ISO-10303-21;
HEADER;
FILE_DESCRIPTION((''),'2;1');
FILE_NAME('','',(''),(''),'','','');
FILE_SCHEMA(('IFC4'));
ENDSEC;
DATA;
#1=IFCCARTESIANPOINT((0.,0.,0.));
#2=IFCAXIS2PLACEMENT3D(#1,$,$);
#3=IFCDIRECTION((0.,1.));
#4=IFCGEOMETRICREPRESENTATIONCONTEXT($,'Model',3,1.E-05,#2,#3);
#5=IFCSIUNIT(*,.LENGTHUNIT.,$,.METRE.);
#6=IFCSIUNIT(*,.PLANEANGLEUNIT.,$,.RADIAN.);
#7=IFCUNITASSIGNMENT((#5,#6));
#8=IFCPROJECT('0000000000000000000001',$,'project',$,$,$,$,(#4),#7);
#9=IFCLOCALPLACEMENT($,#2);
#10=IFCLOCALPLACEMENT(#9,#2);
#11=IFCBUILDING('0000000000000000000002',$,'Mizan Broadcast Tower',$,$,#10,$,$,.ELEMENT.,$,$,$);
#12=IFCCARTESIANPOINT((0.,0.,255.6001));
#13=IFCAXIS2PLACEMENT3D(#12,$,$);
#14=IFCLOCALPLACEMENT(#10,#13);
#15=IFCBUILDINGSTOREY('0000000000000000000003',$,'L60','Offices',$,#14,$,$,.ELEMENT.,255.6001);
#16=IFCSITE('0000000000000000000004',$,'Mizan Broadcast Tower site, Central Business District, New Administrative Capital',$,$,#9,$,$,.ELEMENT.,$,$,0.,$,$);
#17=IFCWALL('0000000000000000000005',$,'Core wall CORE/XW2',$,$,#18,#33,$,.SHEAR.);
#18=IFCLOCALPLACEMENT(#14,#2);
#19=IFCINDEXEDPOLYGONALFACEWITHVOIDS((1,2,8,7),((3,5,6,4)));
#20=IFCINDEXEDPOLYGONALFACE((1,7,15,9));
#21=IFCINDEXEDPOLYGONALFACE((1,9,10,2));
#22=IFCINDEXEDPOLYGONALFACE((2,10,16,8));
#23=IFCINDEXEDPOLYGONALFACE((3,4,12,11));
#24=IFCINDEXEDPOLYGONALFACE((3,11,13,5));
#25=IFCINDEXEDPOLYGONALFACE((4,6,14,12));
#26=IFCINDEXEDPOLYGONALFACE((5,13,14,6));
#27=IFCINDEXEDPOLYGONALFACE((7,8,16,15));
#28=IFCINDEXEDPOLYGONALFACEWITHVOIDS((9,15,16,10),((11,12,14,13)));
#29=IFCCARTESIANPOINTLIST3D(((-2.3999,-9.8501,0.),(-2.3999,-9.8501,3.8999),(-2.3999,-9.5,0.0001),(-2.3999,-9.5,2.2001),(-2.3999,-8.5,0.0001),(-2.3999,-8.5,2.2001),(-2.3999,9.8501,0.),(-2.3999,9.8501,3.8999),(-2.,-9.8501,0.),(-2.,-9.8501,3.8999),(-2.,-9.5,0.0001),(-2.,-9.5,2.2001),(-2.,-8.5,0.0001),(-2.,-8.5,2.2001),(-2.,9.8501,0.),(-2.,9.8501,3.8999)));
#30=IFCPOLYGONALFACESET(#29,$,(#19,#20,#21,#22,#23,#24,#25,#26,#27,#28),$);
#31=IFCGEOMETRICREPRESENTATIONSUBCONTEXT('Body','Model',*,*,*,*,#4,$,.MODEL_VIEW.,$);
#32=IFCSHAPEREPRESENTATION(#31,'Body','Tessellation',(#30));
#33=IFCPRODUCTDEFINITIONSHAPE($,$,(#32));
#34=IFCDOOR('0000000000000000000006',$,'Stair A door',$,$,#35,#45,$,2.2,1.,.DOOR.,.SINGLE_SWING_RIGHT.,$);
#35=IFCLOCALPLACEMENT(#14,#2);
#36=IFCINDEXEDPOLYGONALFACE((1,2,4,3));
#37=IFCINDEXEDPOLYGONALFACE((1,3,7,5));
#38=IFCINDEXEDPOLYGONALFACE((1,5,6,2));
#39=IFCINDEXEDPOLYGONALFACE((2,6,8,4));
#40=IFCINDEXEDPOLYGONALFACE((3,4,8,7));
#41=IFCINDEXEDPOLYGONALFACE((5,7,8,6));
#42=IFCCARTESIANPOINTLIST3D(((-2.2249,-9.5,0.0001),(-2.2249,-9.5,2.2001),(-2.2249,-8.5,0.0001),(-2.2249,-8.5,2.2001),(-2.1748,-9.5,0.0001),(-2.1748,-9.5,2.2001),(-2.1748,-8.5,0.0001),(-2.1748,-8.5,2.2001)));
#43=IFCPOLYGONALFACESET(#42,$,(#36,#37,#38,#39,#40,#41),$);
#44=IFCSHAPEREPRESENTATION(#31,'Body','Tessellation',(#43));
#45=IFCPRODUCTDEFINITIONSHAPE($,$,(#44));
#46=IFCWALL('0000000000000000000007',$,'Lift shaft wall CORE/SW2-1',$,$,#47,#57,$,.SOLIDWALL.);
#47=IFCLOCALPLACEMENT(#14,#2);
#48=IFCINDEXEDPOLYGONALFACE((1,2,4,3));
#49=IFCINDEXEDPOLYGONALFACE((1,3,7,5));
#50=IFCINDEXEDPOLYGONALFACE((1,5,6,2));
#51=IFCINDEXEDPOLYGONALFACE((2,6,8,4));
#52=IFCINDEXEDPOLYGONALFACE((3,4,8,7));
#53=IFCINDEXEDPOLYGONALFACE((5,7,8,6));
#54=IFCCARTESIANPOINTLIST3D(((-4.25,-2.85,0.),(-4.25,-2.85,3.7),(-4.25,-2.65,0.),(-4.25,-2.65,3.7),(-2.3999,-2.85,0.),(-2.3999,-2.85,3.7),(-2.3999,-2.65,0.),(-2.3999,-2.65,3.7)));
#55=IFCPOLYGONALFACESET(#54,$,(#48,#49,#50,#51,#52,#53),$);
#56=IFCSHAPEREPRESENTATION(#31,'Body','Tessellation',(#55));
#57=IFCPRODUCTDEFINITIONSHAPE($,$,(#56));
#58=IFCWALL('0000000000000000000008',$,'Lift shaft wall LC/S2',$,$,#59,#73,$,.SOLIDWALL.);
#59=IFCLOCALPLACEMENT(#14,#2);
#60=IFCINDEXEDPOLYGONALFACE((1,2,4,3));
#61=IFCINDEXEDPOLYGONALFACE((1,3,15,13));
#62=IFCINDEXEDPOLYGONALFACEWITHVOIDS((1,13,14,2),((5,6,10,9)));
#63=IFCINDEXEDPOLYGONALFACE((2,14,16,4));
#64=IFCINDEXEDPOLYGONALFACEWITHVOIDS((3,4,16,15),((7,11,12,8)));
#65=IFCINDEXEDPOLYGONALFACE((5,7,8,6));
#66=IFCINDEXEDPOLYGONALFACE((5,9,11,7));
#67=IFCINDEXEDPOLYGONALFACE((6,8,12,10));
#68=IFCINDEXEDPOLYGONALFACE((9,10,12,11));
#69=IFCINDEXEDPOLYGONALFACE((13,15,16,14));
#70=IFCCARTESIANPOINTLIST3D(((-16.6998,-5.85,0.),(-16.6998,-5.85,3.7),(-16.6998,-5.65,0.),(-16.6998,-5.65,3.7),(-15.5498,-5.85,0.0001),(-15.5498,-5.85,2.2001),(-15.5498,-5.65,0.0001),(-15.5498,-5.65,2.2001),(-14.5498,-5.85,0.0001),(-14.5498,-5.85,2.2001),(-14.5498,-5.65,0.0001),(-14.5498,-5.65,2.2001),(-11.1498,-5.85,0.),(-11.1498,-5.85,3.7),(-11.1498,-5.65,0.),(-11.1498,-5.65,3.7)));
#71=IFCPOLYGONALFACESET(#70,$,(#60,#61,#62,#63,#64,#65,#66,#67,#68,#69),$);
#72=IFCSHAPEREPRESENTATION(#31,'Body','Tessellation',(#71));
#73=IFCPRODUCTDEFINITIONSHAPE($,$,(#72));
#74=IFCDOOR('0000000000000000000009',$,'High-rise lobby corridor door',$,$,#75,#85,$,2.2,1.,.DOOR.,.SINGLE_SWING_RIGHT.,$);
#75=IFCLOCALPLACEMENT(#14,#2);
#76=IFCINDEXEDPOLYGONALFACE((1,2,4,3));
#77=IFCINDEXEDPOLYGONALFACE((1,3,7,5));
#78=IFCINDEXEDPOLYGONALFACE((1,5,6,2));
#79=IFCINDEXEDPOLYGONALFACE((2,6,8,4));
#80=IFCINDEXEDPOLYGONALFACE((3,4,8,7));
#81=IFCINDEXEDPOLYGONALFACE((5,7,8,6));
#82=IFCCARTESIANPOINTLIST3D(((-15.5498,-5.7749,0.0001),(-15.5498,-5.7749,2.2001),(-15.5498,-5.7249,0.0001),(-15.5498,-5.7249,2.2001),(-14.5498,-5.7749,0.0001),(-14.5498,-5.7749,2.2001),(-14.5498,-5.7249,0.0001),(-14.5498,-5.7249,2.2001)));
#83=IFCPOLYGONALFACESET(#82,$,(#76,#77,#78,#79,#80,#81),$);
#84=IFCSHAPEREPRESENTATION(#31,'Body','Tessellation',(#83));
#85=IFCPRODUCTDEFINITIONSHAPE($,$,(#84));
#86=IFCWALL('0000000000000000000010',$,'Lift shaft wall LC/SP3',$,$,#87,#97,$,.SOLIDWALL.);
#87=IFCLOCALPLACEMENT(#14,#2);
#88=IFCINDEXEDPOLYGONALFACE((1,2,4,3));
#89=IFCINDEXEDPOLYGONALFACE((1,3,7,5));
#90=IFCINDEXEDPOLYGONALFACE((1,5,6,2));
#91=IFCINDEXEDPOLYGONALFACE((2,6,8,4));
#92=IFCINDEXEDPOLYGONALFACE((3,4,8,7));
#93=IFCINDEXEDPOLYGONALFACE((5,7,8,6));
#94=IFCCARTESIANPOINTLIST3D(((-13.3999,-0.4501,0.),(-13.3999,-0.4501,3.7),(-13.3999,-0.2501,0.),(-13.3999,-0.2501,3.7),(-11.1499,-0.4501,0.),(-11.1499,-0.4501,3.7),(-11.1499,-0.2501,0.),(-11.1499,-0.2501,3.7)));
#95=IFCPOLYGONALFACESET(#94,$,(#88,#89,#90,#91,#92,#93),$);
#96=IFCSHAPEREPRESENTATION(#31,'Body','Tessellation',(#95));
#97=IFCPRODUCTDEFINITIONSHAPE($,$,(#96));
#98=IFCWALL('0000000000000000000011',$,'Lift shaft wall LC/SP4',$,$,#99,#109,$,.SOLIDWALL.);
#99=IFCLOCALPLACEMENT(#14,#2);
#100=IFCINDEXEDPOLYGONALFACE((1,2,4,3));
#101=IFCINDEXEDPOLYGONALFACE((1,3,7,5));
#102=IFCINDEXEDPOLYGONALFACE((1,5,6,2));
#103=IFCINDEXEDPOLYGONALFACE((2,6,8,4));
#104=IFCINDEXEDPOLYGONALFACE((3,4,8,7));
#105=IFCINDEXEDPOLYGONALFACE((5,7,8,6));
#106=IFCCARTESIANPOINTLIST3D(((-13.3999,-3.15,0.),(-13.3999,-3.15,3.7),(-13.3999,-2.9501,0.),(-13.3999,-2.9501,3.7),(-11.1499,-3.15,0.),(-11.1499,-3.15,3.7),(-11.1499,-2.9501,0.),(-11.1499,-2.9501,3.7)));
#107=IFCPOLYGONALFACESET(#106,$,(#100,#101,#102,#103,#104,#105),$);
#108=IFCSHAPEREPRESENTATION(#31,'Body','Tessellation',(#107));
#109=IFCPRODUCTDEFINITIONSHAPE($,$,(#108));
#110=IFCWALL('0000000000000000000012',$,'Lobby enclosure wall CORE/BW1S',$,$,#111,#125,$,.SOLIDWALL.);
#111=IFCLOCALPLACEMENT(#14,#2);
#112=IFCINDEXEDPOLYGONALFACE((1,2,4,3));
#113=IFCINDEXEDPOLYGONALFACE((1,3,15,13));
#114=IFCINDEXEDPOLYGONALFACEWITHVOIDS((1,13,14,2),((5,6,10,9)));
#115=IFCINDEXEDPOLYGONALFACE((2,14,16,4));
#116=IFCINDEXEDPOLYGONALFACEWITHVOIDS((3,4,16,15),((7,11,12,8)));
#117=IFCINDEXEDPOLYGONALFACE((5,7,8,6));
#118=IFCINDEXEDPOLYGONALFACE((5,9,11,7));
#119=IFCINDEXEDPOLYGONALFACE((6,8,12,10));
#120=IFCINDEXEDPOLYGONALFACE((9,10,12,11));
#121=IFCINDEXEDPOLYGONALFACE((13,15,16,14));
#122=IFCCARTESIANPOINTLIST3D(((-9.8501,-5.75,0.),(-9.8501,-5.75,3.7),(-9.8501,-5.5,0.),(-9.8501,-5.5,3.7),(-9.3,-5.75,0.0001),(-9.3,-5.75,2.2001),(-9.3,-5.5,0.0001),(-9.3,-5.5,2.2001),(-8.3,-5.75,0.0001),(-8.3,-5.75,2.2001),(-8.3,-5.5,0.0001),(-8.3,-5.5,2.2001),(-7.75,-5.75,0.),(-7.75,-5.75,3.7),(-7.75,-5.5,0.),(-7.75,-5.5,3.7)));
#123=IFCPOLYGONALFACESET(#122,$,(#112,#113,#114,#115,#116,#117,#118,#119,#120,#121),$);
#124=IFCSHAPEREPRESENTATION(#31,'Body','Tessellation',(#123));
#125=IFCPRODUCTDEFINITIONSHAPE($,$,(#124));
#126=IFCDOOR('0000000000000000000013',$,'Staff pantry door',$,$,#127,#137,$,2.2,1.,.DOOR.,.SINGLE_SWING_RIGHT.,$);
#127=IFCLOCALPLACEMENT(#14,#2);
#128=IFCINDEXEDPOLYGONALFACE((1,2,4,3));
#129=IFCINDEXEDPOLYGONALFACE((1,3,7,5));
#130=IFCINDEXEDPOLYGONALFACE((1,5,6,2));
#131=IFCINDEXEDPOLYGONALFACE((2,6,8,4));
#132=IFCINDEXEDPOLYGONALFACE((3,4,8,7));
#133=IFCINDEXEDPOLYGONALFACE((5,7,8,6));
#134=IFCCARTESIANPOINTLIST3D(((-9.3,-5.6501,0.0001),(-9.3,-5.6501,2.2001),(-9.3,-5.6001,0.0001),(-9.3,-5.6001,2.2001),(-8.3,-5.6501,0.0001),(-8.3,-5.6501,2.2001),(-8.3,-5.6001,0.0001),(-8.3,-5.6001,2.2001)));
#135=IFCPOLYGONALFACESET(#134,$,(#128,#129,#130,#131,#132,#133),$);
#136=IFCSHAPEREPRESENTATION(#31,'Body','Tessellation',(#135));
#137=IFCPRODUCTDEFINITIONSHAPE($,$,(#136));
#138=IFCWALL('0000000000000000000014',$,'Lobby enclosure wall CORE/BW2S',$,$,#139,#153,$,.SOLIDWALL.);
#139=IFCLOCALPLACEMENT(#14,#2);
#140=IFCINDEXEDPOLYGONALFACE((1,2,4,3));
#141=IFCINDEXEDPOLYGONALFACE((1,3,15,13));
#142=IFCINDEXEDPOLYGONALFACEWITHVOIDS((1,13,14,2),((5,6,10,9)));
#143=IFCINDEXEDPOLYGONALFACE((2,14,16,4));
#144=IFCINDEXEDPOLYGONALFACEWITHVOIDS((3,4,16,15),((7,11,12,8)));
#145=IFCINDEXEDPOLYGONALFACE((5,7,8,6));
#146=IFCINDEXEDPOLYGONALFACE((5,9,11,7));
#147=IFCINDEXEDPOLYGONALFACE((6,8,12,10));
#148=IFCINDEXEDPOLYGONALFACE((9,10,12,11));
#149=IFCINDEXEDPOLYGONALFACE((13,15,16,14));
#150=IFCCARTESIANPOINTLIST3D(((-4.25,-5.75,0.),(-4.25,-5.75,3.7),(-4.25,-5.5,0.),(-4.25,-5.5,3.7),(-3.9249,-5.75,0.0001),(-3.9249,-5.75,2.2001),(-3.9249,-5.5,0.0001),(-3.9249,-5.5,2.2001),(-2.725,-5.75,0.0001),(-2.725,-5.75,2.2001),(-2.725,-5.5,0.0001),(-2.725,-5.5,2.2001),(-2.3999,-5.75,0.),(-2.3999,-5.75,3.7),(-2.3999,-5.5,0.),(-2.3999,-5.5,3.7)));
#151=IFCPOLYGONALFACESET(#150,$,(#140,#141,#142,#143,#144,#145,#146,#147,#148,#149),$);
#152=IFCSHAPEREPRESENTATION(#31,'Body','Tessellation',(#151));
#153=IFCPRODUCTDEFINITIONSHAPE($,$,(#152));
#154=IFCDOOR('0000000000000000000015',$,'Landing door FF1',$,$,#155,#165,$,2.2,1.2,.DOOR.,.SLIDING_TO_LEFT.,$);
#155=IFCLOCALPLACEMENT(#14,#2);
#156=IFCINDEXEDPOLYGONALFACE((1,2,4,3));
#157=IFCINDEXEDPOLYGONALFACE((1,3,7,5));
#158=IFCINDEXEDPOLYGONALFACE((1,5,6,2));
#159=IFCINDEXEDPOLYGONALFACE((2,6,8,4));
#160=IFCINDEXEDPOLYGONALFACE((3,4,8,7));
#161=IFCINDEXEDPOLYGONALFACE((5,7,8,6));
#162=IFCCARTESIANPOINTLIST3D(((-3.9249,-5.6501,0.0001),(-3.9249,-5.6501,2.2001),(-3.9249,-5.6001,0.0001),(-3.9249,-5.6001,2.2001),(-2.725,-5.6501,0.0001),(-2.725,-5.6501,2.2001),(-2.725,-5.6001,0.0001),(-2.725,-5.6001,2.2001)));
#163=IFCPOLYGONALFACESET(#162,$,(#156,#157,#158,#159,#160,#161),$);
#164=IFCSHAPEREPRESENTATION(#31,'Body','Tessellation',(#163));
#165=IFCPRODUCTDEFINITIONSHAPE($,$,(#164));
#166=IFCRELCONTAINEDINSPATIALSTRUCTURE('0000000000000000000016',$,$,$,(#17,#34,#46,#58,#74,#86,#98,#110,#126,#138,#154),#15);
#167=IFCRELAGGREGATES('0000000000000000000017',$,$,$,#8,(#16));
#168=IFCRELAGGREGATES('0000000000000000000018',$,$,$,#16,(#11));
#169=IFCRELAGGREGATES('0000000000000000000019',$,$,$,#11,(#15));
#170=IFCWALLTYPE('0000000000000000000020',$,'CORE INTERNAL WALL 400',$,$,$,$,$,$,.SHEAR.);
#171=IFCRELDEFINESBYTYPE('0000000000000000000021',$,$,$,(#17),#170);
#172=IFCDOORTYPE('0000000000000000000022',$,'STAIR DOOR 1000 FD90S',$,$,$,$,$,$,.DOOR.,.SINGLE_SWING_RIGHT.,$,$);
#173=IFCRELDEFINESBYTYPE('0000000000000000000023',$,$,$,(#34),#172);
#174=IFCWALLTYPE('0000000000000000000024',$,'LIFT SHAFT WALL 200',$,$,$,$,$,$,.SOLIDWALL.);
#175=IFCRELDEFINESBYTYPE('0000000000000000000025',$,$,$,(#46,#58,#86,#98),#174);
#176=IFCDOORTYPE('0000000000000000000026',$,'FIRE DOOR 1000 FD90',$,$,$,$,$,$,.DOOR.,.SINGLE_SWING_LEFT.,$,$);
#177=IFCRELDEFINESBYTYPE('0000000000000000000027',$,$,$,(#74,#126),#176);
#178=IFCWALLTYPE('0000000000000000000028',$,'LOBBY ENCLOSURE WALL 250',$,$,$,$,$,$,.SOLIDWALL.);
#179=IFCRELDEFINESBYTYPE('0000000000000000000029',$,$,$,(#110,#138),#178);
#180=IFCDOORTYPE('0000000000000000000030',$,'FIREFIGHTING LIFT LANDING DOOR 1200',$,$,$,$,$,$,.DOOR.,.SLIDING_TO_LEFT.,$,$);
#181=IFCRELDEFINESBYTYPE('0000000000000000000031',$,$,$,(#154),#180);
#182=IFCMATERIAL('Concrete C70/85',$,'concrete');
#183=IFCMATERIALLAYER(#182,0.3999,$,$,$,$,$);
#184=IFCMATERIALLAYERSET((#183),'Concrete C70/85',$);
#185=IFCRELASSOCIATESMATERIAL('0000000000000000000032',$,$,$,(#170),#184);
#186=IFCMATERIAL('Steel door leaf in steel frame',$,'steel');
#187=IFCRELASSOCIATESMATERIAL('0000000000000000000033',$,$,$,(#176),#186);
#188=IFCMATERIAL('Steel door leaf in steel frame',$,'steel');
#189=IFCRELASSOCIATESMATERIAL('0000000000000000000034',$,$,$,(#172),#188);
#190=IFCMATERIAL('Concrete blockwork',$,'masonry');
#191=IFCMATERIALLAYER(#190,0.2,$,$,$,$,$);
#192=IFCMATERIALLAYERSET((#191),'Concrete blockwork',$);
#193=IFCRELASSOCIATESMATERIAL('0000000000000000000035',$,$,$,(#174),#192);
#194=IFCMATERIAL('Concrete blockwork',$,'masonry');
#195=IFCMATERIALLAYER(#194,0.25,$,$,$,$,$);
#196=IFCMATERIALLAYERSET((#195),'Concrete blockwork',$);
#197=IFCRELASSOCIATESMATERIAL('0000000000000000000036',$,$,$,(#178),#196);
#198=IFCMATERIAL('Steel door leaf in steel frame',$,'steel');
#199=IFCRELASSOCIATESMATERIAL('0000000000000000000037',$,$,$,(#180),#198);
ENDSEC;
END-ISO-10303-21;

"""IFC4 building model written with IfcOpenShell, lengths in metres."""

from ifc_helpers import new_model, si_unit, direction, frame, frame_2d, origin, place, context, subcontext, project, spatial, rectangle, extrude, material, layer, layer_set, type_object, element, fill, save


model = new_model("IFC4")

# Units and contexts
model_context = context("Model", 3, precision=1e-05, world=origin(), true_north=direction((0.0, 1.0)))
body_context = subcontext(model_context, "Body", "Model", "MODEL_VIEW")
ifc_project = project(units=[si_unit("LENGTHUNIT", "METRE"), si_unit("PLANEANGLEUNIT", "RADIAN")], contexts=[model_context])

# Site, building, storey
site_placement = place(None, origin())
site = spatial("IfcSite", under=ifc_project, at=site_placement, Name="Mizan Broadcast Tower site, Central Business District, New Administrative Capital", CompositionType="ELEMENT", RefElevation=0.0)
building_placement = place(site_placement, origin())
building = spatial("IfcBuilding", under=site, at=building_placement, Name="Mizan Broadcast Tower", CompositionType="ELEMENT")
storey_placement = place(building_placement, frame((0.0, 0.0, 255.6001)))
storey = spatial("IfcBuildingStorey", under=building, at=storey_placement, Name="L60", Description="Offices", CompositionType="ELEMENT", Elevation=255.6001)

# Shared definitions
ifc_material_1 = material(Name="Concrete C70/85", Category="concrete")
ifc_layer_1 = layer(ifc_material_1, 0.3999)
ifc_layer_set_1 = layer_set([ifc_layer_1], Name="Concrete C70/85")
wall_type_1 = type_object("IfcWallType", Name="CORE INTERNAL WALL 400", PredefinedType="SHEAR", material=ifc_layer_set_1)
ifc_material_2 = material(Name="Steel door leaf in steel frame", Category="steel")
door_type_1 = type_object("IfcDoorType", Name="FIRE DOOR 1000 FD90", OperationType="SINGLE_SWING_LEFT", PredefinedType="DOOR", material=ifc_material_2)

# Wall, opening, door
wall_1_placement = place(storey_placement, frame((-2.2, -9.8501, 0.0), z_axis=(0.0, 0.0, 1.0), x_axis=(0.0, 1.0, 0.0)))
wall_1 = element("IfcWall", 1, at=wall_1_placement, inside=storey, type_object=wall_type_1, Name="Core wall CORE/XW2", PredefinedType="SHEAR", context=body_context, shape_type="SweptSolid", body=[
    extrude(rectangle(XDim=19.7002, YDim=0.3999, at=frame_2d((9.8501, 0.0))), origin(), (0.0, 0.0, 1.0), 3.8999),
])
opening_1_placement = place(wall_1_placement, frame((0.3501, 0.0, 0.0)))
opening_1 = element("IfcOpeningElement", 2, at=opening_1_placement, cuts=wall_1, PredefinedType="OPENING", context=body_context, shape_type="SweptSolid", body=[
    extrude(rectangle(XDim=1.0, YDim=2.2, at=frame_2d((0.5, 1.1001))), frame((0.0, 0.21, 0.0), z_axis=(0.0, -1.0, 0.0), x_axis=(1.0, 0.0, 0.0)), (0.0, 0.0, 1.0), 0.4199),
])
ifc_material_3 = material(Name="Steel door leaf in steel frame", Category="steel")
door_type_2 = type_object("IfcDoorType", Name="STAIR DOOR 1000 FD90S", OperationType="SINGLE_SWING_RIGHT", PredefinedType="DOOR", material=ifc_material_3)
door_1_placement = place(opening_1_placement, origin())
door_1 = element("IfcDoor", 3, at=door_1_placement, inside=storey, type_object=door_type_2, Name="Stair A door", OperationType="SINGLE_SWING_RIGHT", OverallHeight=2.2, OverallWidth=1.0, PredefinedType="DOOR", context=body_context, shape_type="SweptSolid", body=[
    extrude(rectangle(XDim=1.0, YDim=2.2, at=frame_2d((0.5, 1.1001))), frame((0.0, 0.0249, 0.0), z_axis=(0.0, -1.0, 0.0), x_axis=(1.0, 0.0, 0.0)), (0.0, 0.0, 1.0), 0.05),
])
fill(opening_1, door_1)

# Wall
ifc_material_4 = material(Name="Concrete blockwork", Category="masonry")
ifc_layer_2 = layer(ifc_material_4, 0.2)
ifc_layer_set_2 = layer_set([ifc_layer_2], Name="Concrete blockwork")
wall_type_2 = type_object("IfcWallType", Name="LIFT SHAFT WALL 200", PredefinedType="SOLIDWALL", material=ifc_layer_set_2)
wall_2_placement = place(storey_placement, frame((-4.25, -2.75, 0.0), z_axis=(0.0, 0.0, 1.0), x_axis=(1.0, 0.0, 0.0)))
element("IfcWall", 4, at=wall_2_placement, inside=storey, type_object=wall_type_2, Name="Lift shaft wall CORE/SW2-1", PredefinedType="SOLIDWALL", context=body_context, shape_type="SweptSolid", body=[
    extrude(rectangle(XDim=1.8501, YDim=0.2, at=frame_2d((0.925, 0.0))), origin(), (0.0, 0.0, 1.0), 3.7),
])

# Wall, opening, door
wall_3_placement = place(storey_placement, frame((-11.1499, -5.75, 0.0), z_axis=(0.0, 0.0, 1.0), x_axis=(-1.0, 0.0, 0.0)))
wall_3 = element("IfcWall", 5, at=wall_3_placement, inside=storey, type_object=wall_type_2, Name="Lift shaft wall LC/S2", PredefinedType="SOLIDWALL", context=body_context, shape_type="SweptSolid", body=[
    extrude(rectangle(XDim=5.55, YDim=0.2, at=frame_2d((2.7749, 0.0))), origin(), (0.0, 0.0, 1.0), 3.7),
])
opening_2_placement = place(wall_3_placement, frame((3.3999, 0.0, 0.0)))
opening_2 = element("IfcOpeningElement", 6, at=opening_2_placement, cuts=wall_3, PredefinedType="OPENING", context=body_context, shape_type="SweptSolid", body=[
    extrude(rectangle(XDim=1.0, YDim=2.2, at=frame_2d((0.5, 1.1001))), frame((0.0, 0.1099, 0.0), z_axis=(0.0, -1.0, 0.0), x_axis=(1.0, 0.0, 0.0)), (0.0, 0.0, 1.0), 0.22),
])
door_2_placement = place(opening_2_placement, origin())
door_2 = element("IfcDoor", 7, at=door_2_placement, inside=storey, type_object=door_type_1, Name="High-rise lobby corridor door", OperationType="SINGLE_SWING_RIGHT", OverallHeight=2.2, OverallWidth=1.0, PredefinedType="DOOR", context=body_context, shape_type="SweptSolid", body=[
    extrude(rectangle(XDim=1.0, YDim=2.2, at=frame_2d((0.5, 1.1001))), frame((0.0, 0.0249, 0.0), z_axis=(0.0, -1.0, 0.0), x_axis=(1.0, 0.0, 0.0)), (0.0, 0.0, 1.0), 0.05),
])
fill(opening_2, door_2)

# Walls
for number, where, z_axis, x_axis, name in (
    (8, (-11.1499, -0.3501, 0.0), (0.0, 0.0, 1.0), (-1.0, 0.0, 0.0), "Lift shaft wall LC/SP3"),
    (9, (-11.1499, -3.05, 0.0), (0.0, 0.0, 1.0), (-1.0, 0.0, 0.0), "Lift shaft wall LC/SP4"),
):
    element("IfcWall", number, at=place(storey_placement, frame(where, z_axis=z_axis, x_axis=x_axis)), inside=storey, type_object=wall_type_2, Name=name, PredefinedType="SOLIDWALL", context=body_context, shape_type="SweptSolid", body=[
        extrude(rectangle(XDim=2.25, YDim=0.2, at=frame_2d((1.125, 0.0))), origin(), (0.0, 0.0, 1.0), 3.7),
    ])

# Walls, openings, doors
ifc_material_5 = material(Name="Concrete blockwork", Category="masonry")
ifc_layer_3 = layer(ifc_material_5, 0.25)
ifc_layer_set_3 = layer_set([ifc_layer_3], Name="Concrete blockwork")
wall_type_3 = type_object("IfcWallType", Name="LOBBY ENCLOSURE WALL 250", PredefinedType="SOLIDWALL", material=ifc_layer_set_3)
wall_4_placement = place(storey_placement, frame((-9.8501, -5.625, 0.0), z_axis=(0.0, 0.0, 1.0), x_axis=(1.0, 0.0, 0.0)))
wall_4 = element("IfcWall", 10, at=wall_4_placement, inside=storey, type_object=wall_type_3, Name="Lobby enclosure wall CORE/BW1S", PredefinedType="SOLIDWALL", context=body_context, shape_type="SweptSolid", body=[
    extrude(rectangle(XDim=2.1001, YDim=0.25, at=frame_2d((1.05, 0.0))), origin(), (0.0, 0.0, 1.0), 3.7),
])
opening_3_placement = place(wall_4_placement, frame((0.55, 0.0, 0.0)))
opening_3 = element("IfcOpeningElement", 11, at=opening_3_placement, cuts=wall_4, PredefinedType="OPENING", context=body_context, shape_type="SweptSolid", body=[
    extrude(rectangle(XDim=1.0, YDim=2.2, at=frame_2d((0.5, 1.1001))), frame((0.0, 0.135, 0.0), z_axis=(0.0, -1.0, 0.0), x_axis=(1.0, 0.0, 0.0)), (0.0, 0.0, 1.0), 0.27),
])
door_3_placement = place(opening_3_placement, origin())
door_3 = element("IfcDoor", 12, at=door_3_placement, inside=storey, type_object=door_type_1, Name="Staff pantry door", OperationType="SINGLE_SWING_RIGHT", OverallHeight=2.2, OverallWidth=1.0, PredefinedType="DOOR", context=body_context, shape_type="SweptSolid", body=[
    extrude(rectangle(XDim=1.0, YDim=2.2, at=frame_2d((0.5, 1.1001))), frame((0.0, 0.0249, 0.0), z_axis=(0.0, -1.0, 0.0), x_axis=(1.0, 0.0, 0.0)), (0.0, 0.0, 1.0), 0.05),
])
fill(opening_3, door_3)
wall_5_placement = place(storey_placement, frame((-4.25, -5.625, 0.0), z_axis=(0.0, 0.0, 1.0), x_axis=(1.0, 0.0, 0.0)))
wall_5 = element("IfcWall", 13, at=wall_5_placement, inside=storey, type_object=wall_type_3, Name="Lobby enclosure wall CORE/BW2S", PredefinedType="SOLIDWALL", context=body_context, shape_type="SweptSolid", body=[
    extrude(rectangle(XDim=1.8501, YDim=0.25, at=frame_2d((0.925, 0.0))), origin(), (0.0, 0.0, 1.0), 3.7),
])
opening_4_placement = place(wall_5_placement, frame((0.325, 0.0, 0.0)))
opening_4 = element("IfcOpeningElement", 14, at=opening_4_placement, cuts=wall_5, PredefinedType="OPENING", context=body_context, shape_type="SweptSolid", body=[
    extrude(rectangle(XDim=1.2, YDim=2.2, at=frame_2d((0.6001, 1.1001))), frame((0.0, 0.135, 0.0), z_axis=(0.0, -1.0, 0.0), x_axis=(1.0, 0.0, 0.0)), (0.0, 0.0, 1.0), 0.27),
])
ifc_material_6 = material(Name="Steel door leaf in steel frame", Category="steel")
door_type_3 = type_object("IfcDoorType", Name="FIREFIGHTING LIFT LANDING DOOR 1200", OperationType="SLIDING_TO_LEFT", PredefinedType="DOOR", material=ifc_material_6)
door_4_placement = place(opening_4_placement, origin())
door_4 = element("IfcDoor", 15, at=door_4_placement, inside=storey, type_object=door_type_3, Name="Landing door FF1", OperationType="SLIDING_TO_LEFT", OverallHeight=2.2, OverallWidth=1.2, PredefinedType="DOOR", context=body_context, shape_type="SweptSolid", body=[
    extrude(rectangle(XDim=1.2, YDim=2.2, at=frame_2d((0.6001, 1.1001))), frame((0.0, 0.0249, 0.0), z_axis=(0.0, -1.0, 0.0), x_axis=(1.0, 0.0, 0.0)), (0.0, 0.0, 1.0), 0.05),
])
fill(opening_4, door_4)

save(model, "model.ifc")
